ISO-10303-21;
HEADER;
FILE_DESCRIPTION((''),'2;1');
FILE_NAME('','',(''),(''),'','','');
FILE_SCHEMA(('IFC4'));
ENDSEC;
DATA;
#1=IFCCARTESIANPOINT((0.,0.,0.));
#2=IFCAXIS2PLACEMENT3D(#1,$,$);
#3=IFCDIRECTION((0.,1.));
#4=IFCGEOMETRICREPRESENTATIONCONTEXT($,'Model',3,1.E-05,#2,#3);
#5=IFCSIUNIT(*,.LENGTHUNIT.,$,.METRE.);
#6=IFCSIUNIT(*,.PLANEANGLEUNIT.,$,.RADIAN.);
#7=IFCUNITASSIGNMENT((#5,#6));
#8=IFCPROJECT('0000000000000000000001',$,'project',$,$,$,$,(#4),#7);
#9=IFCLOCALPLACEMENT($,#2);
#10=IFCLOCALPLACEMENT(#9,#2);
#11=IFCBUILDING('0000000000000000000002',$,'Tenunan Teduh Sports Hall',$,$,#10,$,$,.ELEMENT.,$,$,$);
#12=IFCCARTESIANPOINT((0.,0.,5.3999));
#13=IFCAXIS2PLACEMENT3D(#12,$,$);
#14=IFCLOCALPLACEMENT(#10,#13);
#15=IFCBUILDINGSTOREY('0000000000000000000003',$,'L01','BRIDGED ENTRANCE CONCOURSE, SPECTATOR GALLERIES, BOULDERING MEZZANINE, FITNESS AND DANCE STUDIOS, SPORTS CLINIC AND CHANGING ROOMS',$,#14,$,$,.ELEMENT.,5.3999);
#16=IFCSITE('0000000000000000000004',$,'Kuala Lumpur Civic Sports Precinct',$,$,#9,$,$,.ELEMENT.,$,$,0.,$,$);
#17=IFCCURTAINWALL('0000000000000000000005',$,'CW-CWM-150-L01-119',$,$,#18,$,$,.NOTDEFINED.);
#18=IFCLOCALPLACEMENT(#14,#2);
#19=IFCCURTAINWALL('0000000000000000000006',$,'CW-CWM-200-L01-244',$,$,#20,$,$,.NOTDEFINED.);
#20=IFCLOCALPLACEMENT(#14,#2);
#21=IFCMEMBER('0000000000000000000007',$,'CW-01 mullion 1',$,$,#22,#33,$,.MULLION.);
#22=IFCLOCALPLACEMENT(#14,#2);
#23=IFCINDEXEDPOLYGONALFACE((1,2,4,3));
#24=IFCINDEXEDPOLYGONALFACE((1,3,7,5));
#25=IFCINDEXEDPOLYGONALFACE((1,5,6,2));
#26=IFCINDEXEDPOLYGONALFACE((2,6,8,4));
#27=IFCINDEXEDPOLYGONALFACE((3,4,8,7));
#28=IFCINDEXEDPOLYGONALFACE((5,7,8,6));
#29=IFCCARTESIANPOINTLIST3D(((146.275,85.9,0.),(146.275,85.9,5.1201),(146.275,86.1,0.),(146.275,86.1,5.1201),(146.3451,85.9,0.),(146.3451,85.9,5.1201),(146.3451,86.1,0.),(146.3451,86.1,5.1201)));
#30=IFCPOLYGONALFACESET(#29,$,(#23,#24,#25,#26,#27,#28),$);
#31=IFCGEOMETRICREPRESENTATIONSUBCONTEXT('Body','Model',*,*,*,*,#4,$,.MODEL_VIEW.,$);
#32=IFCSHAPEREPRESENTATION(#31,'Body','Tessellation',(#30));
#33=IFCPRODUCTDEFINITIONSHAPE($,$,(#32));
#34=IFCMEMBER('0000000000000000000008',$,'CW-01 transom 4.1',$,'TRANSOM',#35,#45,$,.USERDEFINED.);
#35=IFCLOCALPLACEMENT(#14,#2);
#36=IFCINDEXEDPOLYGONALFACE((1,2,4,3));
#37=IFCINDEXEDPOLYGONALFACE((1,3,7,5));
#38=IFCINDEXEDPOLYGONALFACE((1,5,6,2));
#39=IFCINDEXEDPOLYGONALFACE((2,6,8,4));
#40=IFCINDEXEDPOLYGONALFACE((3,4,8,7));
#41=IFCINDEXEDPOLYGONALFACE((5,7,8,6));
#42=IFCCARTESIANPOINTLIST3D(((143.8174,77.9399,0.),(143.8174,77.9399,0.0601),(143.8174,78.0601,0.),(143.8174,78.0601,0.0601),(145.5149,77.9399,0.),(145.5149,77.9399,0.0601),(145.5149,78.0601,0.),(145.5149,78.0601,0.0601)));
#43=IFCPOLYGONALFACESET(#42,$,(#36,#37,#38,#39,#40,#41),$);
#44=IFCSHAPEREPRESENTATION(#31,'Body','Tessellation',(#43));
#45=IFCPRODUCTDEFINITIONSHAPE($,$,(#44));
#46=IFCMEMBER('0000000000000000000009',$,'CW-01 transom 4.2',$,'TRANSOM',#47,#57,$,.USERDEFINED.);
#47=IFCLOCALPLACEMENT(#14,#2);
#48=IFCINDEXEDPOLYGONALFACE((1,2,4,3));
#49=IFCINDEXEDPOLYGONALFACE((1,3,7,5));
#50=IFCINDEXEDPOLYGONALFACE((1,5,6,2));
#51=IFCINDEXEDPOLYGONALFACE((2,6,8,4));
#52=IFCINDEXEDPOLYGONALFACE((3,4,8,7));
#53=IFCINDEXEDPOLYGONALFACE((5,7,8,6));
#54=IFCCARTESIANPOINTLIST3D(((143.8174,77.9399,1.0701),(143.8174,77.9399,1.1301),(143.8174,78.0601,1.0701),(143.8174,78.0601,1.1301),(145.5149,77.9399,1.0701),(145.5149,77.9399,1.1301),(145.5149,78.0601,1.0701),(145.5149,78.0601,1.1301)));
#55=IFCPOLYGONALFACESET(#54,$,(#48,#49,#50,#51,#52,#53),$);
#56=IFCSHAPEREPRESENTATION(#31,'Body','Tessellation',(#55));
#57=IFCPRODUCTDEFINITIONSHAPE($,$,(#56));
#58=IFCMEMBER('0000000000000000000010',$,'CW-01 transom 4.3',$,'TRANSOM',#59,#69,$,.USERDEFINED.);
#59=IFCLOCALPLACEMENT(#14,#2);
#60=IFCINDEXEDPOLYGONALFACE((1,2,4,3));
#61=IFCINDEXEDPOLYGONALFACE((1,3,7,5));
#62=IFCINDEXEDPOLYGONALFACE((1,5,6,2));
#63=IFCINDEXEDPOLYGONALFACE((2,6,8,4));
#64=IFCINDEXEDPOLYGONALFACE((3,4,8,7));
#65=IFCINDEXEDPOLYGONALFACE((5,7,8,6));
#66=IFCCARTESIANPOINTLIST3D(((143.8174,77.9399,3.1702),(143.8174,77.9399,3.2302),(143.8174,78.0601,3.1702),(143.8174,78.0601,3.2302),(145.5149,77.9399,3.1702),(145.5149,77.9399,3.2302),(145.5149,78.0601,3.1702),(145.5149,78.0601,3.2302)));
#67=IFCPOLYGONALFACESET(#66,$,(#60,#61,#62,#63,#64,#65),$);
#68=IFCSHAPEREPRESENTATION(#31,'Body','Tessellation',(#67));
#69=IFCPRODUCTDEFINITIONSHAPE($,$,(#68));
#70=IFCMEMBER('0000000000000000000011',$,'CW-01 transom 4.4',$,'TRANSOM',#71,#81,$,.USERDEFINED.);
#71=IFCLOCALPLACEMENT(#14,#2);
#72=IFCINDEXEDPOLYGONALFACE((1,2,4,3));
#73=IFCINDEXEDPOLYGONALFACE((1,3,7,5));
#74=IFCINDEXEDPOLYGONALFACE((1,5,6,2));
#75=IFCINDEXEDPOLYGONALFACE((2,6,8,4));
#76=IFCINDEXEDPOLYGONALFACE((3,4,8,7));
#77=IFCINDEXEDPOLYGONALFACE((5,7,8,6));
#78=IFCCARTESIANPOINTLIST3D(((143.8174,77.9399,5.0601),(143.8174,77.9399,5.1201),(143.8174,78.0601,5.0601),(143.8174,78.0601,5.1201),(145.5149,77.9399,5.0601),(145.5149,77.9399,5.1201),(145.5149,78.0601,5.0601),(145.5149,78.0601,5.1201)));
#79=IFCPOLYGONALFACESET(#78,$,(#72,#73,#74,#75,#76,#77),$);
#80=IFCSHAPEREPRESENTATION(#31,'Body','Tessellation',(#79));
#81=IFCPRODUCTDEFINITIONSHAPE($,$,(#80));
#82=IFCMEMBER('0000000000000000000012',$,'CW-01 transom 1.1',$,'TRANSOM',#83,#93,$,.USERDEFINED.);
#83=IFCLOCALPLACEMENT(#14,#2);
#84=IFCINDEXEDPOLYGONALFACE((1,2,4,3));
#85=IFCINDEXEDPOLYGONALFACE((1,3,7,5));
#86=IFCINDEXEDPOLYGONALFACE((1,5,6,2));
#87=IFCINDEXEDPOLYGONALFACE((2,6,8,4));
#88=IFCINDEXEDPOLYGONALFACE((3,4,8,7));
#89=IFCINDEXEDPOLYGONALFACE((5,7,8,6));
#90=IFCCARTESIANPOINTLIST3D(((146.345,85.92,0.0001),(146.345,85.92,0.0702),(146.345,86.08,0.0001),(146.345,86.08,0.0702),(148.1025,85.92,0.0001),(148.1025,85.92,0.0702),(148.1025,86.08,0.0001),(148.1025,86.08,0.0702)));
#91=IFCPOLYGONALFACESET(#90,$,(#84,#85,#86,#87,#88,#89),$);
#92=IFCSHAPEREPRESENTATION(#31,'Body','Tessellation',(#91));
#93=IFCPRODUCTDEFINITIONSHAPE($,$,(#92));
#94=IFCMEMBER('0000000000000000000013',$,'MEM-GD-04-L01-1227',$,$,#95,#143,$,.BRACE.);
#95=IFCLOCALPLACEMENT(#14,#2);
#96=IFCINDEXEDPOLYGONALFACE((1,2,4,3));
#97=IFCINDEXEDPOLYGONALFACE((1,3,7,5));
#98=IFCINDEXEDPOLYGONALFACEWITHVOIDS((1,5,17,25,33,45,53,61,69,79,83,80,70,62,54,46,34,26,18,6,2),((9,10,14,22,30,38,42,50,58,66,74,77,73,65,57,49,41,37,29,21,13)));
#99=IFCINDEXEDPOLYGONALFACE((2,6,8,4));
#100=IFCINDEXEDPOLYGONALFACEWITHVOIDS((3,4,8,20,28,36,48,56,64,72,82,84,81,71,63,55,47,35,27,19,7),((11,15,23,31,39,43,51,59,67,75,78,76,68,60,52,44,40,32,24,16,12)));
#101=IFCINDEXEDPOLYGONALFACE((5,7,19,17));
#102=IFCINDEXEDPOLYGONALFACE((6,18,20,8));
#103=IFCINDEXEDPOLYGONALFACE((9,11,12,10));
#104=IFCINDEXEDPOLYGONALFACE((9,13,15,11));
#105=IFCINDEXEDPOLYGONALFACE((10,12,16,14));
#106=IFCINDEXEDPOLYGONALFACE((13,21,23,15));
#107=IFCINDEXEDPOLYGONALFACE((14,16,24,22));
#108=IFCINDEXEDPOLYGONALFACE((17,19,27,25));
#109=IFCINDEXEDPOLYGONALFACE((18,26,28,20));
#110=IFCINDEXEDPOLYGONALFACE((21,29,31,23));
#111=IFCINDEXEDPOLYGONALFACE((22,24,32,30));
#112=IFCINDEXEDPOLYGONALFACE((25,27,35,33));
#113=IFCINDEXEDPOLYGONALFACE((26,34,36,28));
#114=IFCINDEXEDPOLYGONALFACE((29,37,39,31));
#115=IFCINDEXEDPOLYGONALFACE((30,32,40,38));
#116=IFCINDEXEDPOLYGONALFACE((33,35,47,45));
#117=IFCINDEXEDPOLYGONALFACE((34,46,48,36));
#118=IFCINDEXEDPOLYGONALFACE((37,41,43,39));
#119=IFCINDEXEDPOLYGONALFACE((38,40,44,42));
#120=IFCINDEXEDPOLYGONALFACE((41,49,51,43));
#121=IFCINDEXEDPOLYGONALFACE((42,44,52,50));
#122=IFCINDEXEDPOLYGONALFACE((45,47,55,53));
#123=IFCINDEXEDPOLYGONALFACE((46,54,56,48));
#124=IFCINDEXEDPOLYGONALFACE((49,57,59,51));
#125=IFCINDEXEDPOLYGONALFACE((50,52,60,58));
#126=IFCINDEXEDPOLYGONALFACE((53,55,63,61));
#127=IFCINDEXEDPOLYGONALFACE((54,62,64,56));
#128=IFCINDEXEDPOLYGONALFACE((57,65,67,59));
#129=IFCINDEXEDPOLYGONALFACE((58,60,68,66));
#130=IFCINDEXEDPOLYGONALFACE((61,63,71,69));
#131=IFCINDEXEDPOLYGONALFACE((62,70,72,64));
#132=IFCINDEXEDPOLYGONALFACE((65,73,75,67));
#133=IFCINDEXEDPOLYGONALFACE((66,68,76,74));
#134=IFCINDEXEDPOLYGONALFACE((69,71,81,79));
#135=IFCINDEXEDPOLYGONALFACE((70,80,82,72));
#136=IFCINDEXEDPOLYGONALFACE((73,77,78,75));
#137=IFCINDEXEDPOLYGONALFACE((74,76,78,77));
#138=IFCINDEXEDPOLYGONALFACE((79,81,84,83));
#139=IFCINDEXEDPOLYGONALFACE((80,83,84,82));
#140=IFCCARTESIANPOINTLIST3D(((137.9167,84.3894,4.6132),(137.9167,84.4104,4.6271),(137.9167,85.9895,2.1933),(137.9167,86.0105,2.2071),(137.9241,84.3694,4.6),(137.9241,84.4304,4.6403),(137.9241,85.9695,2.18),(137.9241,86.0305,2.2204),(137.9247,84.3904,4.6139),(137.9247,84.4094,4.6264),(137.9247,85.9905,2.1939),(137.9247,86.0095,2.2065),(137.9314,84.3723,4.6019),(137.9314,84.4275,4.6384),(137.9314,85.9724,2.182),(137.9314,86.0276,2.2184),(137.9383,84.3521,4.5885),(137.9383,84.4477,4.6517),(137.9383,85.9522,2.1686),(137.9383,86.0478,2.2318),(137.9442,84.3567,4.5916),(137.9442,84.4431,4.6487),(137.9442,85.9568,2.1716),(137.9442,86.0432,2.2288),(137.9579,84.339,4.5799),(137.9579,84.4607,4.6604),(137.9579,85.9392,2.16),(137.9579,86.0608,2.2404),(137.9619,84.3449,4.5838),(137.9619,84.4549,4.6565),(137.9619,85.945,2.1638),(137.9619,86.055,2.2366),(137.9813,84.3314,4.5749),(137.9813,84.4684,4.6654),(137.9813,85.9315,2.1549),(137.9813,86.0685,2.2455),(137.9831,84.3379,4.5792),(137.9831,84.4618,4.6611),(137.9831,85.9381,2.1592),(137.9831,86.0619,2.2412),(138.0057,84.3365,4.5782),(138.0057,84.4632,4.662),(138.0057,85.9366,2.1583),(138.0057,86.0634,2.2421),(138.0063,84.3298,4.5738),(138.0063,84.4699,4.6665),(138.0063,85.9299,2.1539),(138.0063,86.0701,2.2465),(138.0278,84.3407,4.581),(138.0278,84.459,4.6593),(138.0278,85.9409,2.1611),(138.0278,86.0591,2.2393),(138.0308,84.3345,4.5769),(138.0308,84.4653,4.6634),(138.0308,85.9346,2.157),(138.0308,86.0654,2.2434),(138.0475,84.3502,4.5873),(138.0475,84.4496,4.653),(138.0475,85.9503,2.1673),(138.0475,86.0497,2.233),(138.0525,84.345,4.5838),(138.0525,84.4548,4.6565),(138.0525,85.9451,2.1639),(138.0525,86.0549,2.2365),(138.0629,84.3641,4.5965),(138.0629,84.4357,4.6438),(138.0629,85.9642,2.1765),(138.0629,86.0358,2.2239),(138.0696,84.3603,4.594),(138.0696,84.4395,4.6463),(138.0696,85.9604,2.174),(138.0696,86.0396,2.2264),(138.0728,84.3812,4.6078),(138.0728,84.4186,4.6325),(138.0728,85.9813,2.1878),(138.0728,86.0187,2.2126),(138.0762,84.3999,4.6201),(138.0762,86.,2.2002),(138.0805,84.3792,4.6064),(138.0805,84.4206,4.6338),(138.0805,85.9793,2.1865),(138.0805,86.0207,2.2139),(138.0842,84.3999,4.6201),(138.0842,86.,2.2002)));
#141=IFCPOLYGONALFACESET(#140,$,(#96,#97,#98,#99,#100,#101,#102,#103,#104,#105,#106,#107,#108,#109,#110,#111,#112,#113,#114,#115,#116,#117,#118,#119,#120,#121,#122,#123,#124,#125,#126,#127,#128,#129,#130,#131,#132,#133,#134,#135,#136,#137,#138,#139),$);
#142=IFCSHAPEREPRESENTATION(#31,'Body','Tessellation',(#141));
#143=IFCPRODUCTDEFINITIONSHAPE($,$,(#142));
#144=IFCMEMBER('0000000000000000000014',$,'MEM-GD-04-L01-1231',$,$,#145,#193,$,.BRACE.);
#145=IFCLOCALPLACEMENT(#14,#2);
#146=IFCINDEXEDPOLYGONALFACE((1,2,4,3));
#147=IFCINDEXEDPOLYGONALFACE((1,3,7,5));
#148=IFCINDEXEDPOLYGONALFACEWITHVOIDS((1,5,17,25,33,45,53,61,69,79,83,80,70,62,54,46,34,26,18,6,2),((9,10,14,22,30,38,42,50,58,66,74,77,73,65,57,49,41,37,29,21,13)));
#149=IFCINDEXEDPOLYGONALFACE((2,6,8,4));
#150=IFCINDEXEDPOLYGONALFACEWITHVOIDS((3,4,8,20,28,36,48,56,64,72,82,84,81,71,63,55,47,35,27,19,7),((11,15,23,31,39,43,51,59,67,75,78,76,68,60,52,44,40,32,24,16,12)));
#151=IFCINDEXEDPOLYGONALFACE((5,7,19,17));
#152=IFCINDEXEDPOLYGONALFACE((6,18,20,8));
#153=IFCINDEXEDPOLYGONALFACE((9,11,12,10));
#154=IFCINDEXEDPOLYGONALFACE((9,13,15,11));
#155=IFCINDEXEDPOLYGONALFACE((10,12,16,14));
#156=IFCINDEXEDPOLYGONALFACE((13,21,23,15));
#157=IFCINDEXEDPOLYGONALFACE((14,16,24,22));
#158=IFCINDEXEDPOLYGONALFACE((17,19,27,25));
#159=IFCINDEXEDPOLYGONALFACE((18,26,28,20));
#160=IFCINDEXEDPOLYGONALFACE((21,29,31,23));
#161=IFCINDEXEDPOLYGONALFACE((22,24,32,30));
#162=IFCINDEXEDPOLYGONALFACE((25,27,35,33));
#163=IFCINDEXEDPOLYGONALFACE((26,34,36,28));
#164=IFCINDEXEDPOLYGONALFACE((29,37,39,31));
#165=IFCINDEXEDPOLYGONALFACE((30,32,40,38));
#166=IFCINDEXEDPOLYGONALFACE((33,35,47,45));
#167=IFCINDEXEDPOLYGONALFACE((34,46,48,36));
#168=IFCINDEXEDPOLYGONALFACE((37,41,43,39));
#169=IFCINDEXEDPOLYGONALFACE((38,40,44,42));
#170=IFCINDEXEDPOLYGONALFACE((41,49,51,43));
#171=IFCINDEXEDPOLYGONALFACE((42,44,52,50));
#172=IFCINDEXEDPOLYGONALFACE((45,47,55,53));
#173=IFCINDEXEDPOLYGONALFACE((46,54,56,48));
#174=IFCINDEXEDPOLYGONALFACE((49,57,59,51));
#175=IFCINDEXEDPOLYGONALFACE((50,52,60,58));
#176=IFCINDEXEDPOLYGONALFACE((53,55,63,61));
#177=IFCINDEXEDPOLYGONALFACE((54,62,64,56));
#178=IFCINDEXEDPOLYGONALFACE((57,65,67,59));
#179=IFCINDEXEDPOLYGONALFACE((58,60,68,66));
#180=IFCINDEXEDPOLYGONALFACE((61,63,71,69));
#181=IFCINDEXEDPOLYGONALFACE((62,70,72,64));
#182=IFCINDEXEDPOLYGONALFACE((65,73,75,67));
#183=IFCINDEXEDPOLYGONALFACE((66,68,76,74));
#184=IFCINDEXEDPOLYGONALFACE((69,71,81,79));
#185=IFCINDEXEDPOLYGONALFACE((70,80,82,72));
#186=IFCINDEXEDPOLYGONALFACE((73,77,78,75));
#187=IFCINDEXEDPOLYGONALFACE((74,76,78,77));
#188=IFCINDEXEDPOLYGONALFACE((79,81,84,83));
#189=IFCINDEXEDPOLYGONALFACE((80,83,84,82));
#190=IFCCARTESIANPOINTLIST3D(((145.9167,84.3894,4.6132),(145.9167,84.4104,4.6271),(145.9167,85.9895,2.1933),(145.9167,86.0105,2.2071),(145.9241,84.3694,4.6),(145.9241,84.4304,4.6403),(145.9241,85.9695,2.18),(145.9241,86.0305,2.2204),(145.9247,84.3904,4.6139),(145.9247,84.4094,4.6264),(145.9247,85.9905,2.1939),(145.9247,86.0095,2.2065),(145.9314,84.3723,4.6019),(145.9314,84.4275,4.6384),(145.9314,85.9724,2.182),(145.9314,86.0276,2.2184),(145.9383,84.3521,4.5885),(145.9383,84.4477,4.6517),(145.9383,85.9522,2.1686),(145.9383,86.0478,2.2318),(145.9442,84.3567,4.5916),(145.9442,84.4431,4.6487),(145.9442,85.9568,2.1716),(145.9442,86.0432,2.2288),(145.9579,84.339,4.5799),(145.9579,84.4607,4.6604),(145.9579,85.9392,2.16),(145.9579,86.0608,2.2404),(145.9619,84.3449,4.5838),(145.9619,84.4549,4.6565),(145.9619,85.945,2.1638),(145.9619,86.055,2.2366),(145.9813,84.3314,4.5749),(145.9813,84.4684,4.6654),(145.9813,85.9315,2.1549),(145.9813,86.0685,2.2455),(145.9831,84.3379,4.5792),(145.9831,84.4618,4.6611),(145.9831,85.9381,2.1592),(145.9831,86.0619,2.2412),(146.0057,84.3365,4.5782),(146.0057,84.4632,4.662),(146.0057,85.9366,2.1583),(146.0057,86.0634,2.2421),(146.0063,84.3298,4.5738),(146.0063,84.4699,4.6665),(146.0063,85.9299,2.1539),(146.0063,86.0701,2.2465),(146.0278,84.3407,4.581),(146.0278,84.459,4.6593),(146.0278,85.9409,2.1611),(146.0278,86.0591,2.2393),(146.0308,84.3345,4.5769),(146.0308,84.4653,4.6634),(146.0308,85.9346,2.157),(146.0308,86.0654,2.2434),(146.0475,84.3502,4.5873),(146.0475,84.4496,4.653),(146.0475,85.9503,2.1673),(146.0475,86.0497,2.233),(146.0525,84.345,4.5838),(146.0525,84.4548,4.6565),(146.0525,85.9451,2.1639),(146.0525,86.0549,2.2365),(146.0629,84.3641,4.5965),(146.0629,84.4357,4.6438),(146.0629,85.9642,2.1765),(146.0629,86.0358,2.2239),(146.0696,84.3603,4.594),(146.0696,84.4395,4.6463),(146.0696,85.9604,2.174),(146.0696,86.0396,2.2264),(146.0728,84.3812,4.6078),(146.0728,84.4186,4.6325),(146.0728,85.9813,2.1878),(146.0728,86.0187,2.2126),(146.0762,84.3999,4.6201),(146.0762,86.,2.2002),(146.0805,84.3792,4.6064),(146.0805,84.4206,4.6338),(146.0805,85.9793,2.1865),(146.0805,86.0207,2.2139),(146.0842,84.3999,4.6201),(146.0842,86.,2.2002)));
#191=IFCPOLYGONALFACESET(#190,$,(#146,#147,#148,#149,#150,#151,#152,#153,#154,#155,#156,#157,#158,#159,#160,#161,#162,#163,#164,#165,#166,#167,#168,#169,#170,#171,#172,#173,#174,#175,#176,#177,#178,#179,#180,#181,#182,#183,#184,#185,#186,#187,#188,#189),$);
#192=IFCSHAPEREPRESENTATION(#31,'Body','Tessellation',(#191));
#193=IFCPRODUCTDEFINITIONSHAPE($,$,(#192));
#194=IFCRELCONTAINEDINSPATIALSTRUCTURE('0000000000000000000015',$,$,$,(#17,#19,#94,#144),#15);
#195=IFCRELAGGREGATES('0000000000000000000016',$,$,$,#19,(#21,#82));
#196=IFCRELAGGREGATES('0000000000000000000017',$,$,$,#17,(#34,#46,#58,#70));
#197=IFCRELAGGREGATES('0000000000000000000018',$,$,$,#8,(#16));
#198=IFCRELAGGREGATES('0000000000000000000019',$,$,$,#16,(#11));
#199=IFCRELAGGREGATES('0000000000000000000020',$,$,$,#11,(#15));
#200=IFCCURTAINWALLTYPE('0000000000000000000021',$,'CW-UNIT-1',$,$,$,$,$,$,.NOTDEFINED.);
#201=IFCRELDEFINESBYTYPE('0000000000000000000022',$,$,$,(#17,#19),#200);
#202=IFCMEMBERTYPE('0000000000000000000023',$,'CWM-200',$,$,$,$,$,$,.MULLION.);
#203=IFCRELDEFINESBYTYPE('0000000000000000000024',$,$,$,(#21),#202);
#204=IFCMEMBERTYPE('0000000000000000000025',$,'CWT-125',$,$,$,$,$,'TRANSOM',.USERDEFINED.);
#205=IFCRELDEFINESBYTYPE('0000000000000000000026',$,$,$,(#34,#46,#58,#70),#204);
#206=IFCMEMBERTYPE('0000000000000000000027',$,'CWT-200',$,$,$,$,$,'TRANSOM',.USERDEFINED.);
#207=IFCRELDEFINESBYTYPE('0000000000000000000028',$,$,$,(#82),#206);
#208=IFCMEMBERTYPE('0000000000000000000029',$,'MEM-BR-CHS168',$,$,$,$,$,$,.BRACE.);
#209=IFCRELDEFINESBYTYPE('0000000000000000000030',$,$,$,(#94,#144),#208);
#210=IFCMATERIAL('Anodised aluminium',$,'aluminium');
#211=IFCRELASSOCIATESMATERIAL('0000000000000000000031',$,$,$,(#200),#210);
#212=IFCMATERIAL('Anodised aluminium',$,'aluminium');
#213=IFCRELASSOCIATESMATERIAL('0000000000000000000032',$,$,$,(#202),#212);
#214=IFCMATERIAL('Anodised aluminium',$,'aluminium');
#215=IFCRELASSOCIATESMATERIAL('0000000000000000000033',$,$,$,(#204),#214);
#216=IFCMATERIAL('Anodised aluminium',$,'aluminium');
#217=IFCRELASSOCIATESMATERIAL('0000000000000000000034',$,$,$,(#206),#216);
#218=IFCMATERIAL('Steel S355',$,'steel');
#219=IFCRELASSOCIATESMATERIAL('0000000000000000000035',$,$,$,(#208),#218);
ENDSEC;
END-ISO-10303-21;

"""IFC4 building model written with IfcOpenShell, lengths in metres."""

from ifc_helpers import new_model, si_unit, direction, frame, origin, origin_2d, place, context, subcontext, project, spatial, rectangle, hollow_circle, extrude, material, material_profile, profile_set, type_object, element, aggregate, save


model = new_model("IFC4")

# Units and contexts
model_context = context("Model", 3, precision=1e-05, world=origin(), true_north=direction((0.0, 1.0)))
body_context = subcontext(model_context, "Body", "Model", "MODEL_VIEW")
ifc_project = project(units=[si_unit("LENGTHUNIT", "METRE"), si_unit("PLANEANGLEUNIT", "RADIAN")], contexts=[model_context])

# Site, building, storey
site_placement = place(None, origin())
site = spatial("IfcSite", under=ifc_project, at=site_placement, Name="Kuala Lumpur Civic Sports Precinct", CompositionType="ELEMENT", RefElevation=0.0)
building_placement = place(site_placement, origin())
building = spatial("IfcBuilding", under=site, at=building_placement, Name="Tenunan Teduh Sports Hall", CompositionType="ELEMENT")
storey_placement = place(building_placement, frame((0.0, 0.0, 5.3999)))
storey = spatial("IfcBuildingStorey", under=building, at=storey_placement, Name="L01", Description="BRIDGED ENTRANCE CONCOURSE, SPECTATOR GALLERIES, BOULDERING MEZZANINE, FITNESS AND DANCE STUDIOS, SPORTS CLINIC AND CHANGING ROOMS", CompositionType="ELEMENT", Elevation=5.3999)

# Curtain wall
ifc_material_1 = material(Name="Anodised aluminium", Category="aluminium")
curtain_wall_type = type_object("IfcCurtainWallType", Name="CW-UNIT-1", PredefinedType="NOTDEFINED", material=ifc_material_1)
curtain_wall_1_placement = place(storey_placement, origin())
curtain_wall_1 = element("IfcCurtainWall", 1, at=curtain_wall_1_placement, inside=storey, type_object=curtain_wall_type, Name="CW-CWM-150-L01-119", PredefinedType="NOTDEFINED")

# Curtain wall, member
curtain_wall_2_placement = place(storey_placement, origin())
curtain_wall_2 = element("IfcCurtainWall", 2, at=curtain_wall_2_placement, inside=storey, type_object=curtain_wall_type, Name="CW-CWM-200-L01-244", PredefinedType="NOTDEFINED")
ifc_material_2 = material(Name="Anodised aluminium", Category="aluminium")
ifc_material_profile_1 = material_profile(ifc_material_2, rectangle(XDim=0.0701, YDim=0.2, at=origin_2d()), Name="CWM 70x200")
ifc_profile_set_1 = profile_set([ifc_material_profile_1], Name="Anodised aluminium")
member_type_1 = type_object("IfcMemberType", Name="CWM-200", PredefinedType="MULLION", material=ifc_profile_set_1)
member_1_placement = place(storey_placement, frame((146.3101, 86.0, 0.0), z_axis=(0.0, 0.0, 1.0), x_axis=(1.0, 0.0, 0.0)))
member_1 = element("IfcMember", 3, at=member_1_placement, type_object=member_type_1, Name="CW-01 mullion 1", PredefinedType="MULLION", context=body_context, shape_type="SweptSolid", body=[
    extrude(rectangle(XDim=0.0701, YDim=0.2, at=origin_2d()), origin(), (0.0, 0.0, 1.0), 5.1201),
])

# Members
ifc_material_3 = material(Name="Anodised aluminium", Category="aluminium")
ifc_material_profile_2 = material_profile(ifc_material_3, rectangle(XDim=0.0601, YDim=0.1201, at=origin_2d()), Name="CWT 60x120")
ifc_profile_set_2 = profile_set([ifc_material_profile_2], Name="Anodised aluminium")
member_type_2 = type_object("IfcMemberType", Name="CWT-125", ElementType="TRANSOM", PredefinedType="USERDEFINED", material=ifc_profile_set_2)
member_2_placement = place(storey_placement, frame((143.8174, 78.0, 0.03), z_axis=(1.0, 0.0, 0.0), x_axis=(0.0, 0.0, 1.0)))
member_2 = element("IfcMember", 4, at=member_2_placement, type_object=member_type_2, Name="CW-01 transom 4.1", ObjectType="TRANSOM", PredefinedType="USERDEFINED", context=body_context, shape_type="SweptSolid", body=[
    extrude(rectangle(XDim=0.0601, YDim=0.1201, at=origin_2d()), origin(), (0.0, 0.0, 1.0), 1.6975),
])
member_3_placement = place(storey_placement, frame((143.8174, 78.0, 1.1001), z_axis=(1.0, 0.0, 0.0), x_axis=(0.0, 0.0, 1.0)))
member_3 = element("IfcMember", 5, at=member_3_placement, type_object=member_type_2, Name="CW-01 transom 4.2", ObjectType="TRANSOM", PredefinedType="USERDEFINED", context=body_context, shape_type="SweptSolid", body=[
    extrude(rectangle(XDim=0.0601, YDim=0.1201, at=origin_2d()), origin(), (0.0, 0.0, 1.0), 1.6975),
])
member_4_placement = place(storey_placement, frame((143.8174, 78.0, 3.2002), z_axis=(1.0, 0.0, 0.0), x_axis=(0.0, 0.0, 1.0)))
member_4 = element("IfcMember", 6, at=member_4_placement, type_object=member_type_2, Name="CW-01 transom 4.3", ObjectType="TRANSOM", PredefinedType="USERDEFINED", context=body_context, shape_type="SweptSolid", body=[
    extrude(rectangle(XDim=0.0601, YDim=0.1201, at=origin_2d()), origin(), (0.0, 0.0, 1.0), 1.6975),
])
member_5_placement = place(storey_placement, frame((143.8174, 78.0, 5.0901), z_axis=(1.0, 0.0, 0.0), x_axis=(0.0, 0.0, 1.0)))
member_5 = element("IfcMember", 7, at=member_5_placement, type_object=member_type_2, Name="CW-01 transom 4.4", ObjectType="TRANSOM", PredefinedType="USERDEFINED", context=body_context, shape_type="SweptSolid", body=[
    extrude(rectangle(XDim=0.0601, YDim=0.1201, at=origin_2d()), origin(), (0.0, 0.0, 1.0), 1.6975),
])
ifc_material_4 = material(Name="Anodised aluminium", Category="aluminium")
ifc_material_profile_3 = material_profile(ifc_material_4, rectangle(XDim=0.0701, YDim=0.1599, at=origin_2d()), Name="CWT 70x160")
ifc_profile_set_3 = profile_set([ifc_material_profile_3], Name="Anodised aluminium")
member_type_3 = type_object("IfcMemberType", Name="CWT-200", ElementType="TRANSOM", PredefinedType="USERDEFINED", material=ifc_profile_set_3)
member_6_placement = place(storey_placement, frame((146.345, 86.0, 0.0352), z_axis=(1.0, 0.0, 0.0), x_axis=(0.0, 0.0, 1.0)))
member_6 = element("IfcMember", 8, at=member_6_placement, type_object=member_type_3, Name="CW-01 transom 1.1", ObjectType="TRANSOM", PredefinedType="USERDEFINED", context=body_context, shape_type="SweptSolid", body=[
    extrude(rectangle(XDim=0.0701, YDim=0.1599, at=origin_2d()), origin(), (0.0, 0.0, 1.0), 1.7576),
])
aggregate(curtain_wall_2, [member_1, member_6])

# Members
ifc_material_5 = material(Name="Steel S355", Category="steel")
ifc_material_profile_4 = material_profile(ifc_material_5, hollow_circle(Radius=0.0842, WallThickness=0.0081, at=origin_2d()), Name="CHS 168.3x8.0")
ifc_profile_set_4 = profile_set([ifc_material_profile_4], Name="Steel S355")
member_type_4 = type_object("IfcMemberType", Name="MEM-BR-CHS168", PredefinedType="BRACE", material=ifc_profile_set_4)
for number, where, z_axis, x_axis, name in (
    (9, (138.0, 86.0, 2.2002), (0.0, -0.55155, 0.834142), (1.0, 0.0, 0.0), "MEM-GD-04-L01-1227"),
    (10, (146.0, 86.0, 2.2002), (0.0, -0.55155, 0.834142), (1.0, 0.0, 0.0), "MEM-GD-04-L01-1231"),
):
    element("IfcMember", number, at=place(storey_placement, frame(where, z_axis=z_axis, x_axis=x_axis)), inside=storey, type_object=member_type_4, Name=name, PredefinedType="BRACE", context=body_context, shape_type="SweptSolid", body=[
        extrude(hollow_circle(Radius=0.0842, WallThickness=0.0081, at=origin_2d()), origin(), (0.0, 0.0, 1.0), 2.9011),
    ])

aggregate(curtain_wall_1, [member_2, member_3, member_4, member_5])

save(model, "model.ifc")
